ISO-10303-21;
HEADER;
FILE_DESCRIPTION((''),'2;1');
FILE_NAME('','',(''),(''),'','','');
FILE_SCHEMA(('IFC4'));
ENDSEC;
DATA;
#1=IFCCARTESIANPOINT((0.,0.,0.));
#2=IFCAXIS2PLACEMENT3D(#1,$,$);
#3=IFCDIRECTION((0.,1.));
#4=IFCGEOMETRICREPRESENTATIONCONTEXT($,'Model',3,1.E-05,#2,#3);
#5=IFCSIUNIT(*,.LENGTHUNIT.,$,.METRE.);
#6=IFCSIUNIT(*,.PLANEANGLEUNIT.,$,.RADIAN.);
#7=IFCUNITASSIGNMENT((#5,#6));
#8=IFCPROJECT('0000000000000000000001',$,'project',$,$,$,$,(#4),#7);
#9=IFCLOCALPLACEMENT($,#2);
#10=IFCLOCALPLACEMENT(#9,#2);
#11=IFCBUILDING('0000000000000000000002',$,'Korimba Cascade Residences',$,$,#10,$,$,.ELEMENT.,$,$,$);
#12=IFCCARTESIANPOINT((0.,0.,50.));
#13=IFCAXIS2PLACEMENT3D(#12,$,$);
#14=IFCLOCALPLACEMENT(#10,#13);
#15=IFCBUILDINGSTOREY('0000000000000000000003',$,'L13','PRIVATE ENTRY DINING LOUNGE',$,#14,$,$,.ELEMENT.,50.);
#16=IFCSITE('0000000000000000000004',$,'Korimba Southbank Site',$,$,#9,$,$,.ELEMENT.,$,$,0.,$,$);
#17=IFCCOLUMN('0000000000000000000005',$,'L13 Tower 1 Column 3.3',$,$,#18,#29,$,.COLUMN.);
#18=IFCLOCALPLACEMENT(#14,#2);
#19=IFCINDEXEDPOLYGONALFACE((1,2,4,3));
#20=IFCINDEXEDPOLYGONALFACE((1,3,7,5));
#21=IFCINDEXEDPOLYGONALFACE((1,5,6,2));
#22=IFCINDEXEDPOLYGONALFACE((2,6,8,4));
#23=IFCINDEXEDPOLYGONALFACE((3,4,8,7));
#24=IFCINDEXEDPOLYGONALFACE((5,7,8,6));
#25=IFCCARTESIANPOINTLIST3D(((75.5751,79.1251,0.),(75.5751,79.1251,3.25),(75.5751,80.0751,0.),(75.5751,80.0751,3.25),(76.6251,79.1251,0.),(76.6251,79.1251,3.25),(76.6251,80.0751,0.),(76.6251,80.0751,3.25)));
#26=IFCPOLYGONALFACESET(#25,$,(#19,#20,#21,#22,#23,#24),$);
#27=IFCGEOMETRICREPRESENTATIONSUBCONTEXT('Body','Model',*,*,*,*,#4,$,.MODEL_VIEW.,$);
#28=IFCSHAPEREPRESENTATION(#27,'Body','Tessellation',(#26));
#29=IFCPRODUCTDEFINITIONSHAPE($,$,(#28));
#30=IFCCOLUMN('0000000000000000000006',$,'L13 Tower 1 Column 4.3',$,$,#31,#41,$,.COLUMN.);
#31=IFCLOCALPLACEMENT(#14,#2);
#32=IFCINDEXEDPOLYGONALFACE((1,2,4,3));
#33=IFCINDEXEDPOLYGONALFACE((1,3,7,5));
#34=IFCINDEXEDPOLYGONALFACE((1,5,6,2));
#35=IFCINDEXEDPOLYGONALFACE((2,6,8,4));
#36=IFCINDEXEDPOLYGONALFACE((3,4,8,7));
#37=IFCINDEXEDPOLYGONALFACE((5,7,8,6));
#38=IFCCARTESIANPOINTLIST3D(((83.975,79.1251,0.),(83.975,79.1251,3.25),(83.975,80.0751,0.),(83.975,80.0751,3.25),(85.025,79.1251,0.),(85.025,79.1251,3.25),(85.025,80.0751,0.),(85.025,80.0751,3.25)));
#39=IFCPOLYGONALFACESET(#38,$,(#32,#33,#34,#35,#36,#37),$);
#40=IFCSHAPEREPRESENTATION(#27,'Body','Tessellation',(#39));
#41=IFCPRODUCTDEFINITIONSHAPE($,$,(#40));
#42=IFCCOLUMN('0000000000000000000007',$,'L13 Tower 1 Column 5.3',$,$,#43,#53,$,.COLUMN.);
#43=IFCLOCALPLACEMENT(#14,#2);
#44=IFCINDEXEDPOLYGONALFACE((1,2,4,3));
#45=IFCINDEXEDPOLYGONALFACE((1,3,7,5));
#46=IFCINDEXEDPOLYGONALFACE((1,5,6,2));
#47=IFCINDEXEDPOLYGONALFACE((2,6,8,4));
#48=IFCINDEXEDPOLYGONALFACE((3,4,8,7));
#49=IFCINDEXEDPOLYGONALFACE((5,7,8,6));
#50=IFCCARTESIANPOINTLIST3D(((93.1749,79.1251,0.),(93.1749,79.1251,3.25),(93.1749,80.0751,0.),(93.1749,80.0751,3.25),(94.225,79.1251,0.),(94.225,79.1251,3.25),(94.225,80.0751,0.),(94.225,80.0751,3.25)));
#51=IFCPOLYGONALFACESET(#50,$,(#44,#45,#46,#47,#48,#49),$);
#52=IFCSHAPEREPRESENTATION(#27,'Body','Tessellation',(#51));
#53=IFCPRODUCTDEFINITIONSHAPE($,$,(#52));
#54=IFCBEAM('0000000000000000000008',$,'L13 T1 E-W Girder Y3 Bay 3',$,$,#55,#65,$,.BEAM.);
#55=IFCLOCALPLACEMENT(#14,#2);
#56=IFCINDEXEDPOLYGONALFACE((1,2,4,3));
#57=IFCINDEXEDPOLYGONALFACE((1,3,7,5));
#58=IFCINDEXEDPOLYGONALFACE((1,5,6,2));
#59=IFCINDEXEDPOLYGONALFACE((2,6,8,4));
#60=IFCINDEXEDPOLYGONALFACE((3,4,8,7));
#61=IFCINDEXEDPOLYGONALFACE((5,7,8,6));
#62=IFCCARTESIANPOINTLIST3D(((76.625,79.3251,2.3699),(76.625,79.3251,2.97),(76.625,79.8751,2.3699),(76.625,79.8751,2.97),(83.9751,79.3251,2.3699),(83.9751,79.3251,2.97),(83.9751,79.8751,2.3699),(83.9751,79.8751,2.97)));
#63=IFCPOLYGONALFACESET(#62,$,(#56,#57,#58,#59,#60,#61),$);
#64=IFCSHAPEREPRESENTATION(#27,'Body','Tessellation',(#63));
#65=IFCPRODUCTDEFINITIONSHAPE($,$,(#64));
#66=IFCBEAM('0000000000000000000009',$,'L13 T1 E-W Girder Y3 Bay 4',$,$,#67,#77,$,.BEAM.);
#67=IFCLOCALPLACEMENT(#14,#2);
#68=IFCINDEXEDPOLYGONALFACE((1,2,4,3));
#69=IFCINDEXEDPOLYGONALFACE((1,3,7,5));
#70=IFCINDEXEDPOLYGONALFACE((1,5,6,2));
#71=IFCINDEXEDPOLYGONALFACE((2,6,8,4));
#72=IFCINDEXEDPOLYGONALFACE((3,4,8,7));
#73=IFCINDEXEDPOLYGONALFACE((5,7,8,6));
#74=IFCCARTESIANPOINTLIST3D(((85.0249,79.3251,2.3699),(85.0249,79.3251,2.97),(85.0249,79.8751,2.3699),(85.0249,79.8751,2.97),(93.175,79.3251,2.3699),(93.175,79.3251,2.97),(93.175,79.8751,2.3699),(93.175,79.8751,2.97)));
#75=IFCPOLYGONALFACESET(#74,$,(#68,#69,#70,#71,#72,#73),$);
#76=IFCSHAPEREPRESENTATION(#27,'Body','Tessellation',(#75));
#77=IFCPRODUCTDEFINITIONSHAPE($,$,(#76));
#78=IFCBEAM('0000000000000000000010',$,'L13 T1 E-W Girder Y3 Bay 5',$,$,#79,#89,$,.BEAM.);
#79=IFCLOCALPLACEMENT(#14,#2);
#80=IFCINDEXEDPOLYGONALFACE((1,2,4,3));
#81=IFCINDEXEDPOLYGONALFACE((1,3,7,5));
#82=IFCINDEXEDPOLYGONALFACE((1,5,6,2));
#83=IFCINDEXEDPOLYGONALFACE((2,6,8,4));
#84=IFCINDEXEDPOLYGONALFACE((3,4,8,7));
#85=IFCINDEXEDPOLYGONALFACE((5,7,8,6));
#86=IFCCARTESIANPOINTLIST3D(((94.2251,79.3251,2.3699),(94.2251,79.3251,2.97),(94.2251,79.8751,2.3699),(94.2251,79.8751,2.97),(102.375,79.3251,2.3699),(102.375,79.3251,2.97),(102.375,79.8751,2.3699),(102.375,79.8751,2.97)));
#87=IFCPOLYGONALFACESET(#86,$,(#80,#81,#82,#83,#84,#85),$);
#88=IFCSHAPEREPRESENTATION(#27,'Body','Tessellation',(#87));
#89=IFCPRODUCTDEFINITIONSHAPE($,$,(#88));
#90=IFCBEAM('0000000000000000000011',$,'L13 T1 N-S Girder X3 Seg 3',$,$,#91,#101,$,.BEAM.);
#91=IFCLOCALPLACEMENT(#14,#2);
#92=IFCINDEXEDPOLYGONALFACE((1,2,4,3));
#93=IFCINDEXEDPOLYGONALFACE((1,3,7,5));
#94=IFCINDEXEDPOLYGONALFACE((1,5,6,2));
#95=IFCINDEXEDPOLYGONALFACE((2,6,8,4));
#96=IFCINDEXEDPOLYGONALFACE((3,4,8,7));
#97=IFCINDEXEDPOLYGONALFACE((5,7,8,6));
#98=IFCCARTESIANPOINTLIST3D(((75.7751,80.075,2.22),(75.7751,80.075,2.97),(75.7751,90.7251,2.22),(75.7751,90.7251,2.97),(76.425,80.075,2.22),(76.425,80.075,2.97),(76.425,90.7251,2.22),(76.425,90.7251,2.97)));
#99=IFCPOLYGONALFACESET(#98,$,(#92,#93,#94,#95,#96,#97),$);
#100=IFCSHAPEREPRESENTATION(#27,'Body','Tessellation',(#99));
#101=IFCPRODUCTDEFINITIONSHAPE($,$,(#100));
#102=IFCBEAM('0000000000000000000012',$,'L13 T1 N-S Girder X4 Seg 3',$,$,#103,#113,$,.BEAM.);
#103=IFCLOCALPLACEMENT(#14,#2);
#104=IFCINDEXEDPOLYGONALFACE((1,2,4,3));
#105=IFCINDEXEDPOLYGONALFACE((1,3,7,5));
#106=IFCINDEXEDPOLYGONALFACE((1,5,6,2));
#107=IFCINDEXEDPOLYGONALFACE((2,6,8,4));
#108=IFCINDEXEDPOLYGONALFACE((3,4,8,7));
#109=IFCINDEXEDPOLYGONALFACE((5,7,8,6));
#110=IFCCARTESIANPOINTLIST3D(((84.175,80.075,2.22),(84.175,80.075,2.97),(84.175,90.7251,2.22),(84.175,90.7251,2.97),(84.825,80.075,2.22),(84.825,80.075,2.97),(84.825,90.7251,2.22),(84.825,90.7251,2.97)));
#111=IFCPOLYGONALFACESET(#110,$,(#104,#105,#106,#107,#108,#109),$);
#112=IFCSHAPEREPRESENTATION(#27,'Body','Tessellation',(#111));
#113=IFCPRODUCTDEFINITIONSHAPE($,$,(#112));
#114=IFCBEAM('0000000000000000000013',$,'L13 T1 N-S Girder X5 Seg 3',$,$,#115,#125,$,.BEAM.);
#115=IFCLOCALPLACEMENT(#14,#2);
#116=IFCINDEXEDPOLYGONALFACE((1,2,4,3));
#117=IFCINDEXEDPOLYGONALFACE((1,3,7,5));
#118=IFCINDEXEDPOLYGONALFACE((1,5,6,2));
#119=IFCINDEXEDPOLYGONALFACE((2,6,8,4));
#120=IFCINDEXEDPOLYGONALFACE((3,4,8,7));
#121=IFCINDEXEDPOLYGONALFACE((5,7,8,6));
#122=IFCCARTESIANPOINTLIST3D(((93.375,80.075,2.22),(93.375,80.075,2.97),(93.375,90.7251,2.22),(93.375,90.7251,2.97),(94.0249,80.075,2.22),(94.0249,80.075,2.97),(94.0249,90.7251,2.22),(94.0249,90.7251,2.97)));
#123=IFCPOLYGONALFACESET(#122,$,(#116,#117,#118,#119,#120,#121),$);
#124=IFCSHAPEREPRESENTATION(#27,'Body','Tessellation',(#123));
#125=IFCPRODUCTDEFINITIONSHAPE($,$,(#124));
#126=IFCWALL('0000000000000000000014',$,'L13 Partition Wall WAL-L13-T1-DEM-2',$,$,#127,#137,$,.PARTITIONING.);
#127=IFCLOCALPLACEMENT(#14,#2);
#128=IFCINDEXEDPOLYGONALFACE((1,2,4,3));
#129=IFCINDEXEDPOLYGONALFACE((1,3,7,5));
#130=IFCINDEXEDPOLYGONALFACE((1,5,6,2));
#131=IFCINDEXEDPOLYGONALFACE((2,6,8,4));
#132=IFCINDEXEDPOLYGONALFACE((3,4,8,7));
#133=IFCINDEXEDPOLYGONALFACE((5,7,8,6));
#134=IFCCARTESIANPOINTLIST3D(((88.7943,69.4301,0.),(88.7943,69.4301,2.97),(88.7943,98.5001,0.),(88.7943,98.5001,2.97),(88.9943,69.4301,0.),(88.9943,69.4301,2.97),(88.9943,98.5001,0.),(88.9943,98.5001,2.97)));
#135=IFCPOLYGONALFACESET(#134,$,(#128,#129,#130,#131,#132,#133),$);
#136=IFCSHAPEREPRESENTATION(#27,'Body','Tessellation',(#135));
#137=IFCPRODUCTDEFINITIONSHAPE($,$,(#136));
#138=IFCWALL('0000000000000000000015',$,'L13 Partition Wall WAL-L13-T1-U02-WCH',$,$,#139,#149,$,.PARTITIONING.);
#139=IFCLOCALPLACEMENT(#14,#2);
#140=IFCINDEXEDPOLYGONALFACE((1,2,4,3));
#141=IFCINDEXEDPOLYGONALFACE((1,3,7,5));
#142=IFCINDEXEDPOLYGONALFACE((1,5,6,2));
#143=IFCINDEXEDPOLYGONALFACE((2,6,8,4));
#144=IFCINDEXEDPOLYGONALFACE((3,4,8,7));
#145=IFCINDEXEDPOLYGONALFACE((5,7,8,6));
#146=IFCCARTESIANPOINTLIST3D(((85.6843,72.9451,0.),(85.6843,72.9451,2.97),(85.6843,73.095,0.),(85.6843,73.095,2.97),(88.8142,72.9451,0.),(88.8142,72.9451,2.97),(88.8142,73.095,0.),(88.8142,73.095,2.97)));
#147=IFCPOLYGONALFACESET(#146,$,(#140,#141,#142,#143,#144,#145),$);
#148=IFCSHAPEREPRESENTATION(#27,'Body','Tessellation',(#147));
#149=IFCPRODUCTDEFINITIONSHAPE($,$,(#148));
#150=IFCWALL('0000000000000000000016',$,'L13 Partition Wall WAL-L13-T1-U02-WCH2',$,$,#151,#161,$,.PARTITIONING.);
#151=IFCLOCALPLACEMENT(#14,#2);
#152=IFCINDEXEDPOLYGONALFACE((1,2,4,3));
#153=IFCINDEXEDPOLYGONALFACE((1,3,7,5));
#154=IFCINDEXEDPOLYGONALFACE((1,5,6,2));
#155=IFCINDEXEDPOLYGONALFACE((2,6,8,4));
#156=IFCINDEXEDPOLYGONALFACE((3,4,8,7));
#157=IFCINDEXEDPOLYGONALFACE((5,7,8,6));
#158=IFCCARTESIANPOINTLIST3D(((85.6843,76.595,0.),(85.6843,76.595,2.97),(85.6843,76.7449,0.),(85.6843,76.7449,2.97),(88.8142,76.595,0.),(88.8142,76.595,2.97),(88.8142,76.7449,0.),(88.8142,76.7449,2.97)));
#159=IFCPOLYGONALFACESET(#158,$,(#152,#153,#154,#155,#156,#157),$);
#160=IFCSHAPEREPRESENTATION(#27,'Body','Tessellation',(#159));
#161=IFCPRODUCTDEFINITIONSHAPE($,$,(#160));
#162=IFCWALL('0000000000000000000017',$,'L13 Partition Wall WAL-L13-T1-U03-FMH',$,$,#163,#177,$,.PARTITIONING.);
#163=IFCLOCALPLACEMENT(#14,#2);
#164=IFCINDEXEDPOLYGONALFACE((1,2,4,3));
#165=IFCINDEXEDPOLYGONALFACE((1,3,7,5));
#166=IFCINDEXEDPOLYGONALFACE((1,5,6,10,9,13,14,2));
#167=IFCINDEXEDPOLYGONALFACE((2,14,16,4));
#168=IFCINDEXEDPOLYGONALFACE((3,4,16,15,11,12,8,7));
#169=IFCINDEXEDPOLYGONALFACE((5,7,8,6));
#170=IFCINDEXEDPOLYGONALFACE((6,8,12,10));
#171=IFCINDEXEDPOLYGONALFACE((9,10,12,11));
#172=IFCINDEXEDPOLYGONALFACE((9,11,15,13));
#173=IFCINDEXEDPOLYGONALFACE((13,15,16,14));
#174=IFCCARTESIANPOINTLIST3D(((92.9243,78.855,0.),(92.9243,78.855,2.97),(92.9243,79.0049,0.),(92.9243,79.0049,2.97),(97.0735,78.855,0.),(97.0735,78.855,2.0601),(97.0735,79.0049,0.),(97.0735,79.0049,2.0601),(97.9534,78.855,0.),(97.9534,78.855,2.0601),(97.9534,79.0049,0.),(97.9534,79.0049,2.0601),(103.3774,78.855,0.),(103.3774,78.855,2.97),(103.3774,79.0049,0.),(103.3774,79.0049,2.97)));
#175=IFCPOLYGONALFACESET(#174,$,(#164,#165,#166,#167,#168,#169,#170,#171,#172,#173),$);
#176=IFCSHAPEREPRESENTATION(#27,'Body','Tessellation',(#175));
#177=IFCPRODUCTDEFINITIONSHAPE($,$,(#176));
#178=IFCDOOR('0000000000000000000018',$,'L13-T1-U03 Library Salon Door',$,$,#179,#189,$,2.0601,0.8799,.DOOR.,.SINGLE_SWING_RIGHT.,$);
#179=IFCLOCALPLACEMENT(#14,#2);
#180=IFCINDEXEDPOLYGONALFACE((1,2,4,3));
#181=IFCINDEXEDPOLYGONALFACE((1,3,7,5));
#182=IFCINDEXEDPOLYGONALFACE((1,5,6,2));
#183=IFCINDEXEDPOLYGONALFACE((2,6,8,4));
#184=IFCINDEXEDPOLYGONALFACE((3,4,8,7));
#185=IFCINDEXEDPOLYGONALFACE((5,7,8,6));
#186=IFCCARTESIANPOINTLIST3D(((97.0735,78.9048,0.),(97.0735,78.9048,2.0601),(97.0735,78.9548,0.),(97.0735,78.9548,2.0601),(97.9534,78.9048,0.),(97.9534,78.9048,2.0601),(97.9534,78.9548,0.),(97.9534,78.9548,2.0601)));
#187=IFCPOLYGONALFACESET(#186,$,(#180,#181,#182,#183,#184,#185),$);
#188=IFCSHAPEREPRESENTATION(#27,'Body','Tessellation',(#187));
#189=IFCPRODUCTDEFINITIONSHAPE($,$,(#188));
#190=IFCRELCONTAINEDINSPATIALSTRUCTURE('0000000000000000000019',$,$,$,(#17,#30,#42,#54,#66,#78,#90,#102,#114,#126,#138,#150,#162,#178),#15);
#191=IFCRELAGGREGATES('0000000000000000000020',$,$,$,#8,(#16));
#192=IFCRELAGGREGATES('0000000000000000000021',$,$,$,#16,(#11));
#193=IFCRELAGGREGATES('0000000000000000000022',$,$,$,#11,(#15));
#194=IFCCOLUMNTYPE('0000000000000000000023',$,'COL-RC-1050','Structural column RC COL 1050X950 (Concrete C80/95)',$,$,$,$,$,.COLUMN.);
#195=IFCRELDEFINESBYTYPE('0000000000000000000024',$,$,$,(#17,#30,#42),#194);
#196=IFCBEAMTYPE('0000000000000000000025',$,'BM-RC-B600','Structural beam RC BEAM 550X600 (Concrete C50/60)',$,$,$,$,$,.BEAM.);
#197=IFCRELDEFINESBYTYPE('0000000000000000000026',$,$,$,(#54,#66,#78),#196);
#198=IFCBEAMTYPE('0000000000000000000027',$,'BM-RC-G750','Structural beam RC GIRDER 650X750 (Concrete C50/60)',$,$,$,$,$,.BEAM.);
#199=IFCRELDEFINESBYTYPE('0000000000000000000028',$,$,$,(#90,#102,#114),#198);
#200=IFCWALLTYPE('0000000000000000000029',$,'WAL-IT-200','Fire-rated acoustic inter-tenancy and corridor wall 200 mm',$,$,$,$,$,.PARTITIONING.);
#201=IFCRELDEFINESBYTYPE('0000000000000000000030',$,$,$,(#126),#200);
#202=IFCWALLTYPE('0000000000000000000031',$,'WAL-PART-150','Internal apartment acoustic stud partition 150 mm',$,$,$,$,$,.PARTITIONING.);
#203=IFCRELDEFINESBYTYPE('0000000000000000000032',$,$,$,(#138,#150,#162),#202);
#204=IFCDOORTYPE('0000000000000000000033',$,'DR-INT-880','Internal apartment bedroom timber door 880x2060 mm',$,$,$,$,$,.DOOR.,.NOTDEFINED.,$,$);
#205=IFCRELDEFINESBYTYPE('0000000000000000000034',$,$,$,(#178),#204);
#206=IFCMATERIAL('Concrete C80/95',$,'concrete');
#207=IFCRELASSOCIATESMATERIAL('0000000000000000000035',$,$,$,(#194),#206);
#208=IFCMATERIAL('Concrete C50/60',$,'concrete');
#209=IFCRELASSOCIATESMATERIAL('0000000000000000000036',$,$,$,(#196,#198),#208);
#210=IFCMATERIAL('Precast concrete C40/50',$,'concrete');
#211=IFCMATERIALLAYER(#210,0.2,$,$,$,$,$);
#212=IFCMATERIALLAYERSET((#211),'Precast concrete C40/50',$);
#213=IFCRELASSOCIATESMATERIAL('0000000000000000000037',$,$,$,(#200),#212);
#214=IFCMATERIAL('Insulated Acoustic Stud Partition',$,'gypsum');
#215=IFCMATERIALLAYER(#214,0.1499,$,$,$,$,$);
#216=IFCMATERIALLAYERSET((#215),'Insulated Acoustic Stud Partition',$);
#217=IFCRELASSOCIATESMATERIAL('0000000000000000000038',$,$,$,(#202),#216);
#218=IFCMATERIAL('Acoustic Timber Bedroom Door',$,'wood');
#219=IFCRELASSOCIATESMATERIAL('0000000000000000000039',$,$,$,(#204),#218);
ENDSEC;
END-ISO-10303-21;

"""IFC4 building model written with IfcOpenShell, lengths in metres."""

from ifc_helpers import new_model, si_unit, direction, frame, frame_2d, origin, origin_2d, place, context, subcontext, project, spatial, rectangle, extrude, material, layer, layer_set, material_profile, profile_set, type_object, element, fill, save


model = new_model("IFC4")

# Units and contexts
model_context = context("Model", 3, precision=1e-05, world=origin(), true_north=direction((0.0, 1.0)))
body_context = subcontext(model_context, "Body", "Model", "MODEL_VIEW")
ifc_project = project(units=[si_unit("LENGTHUNIT", "METRE"), si_unit("PLANEANGLEUNIT", "RADIAN")], contexts=[model_context])

# Site, building, storey
site_placement = place(None, origin())
site = spatial("IfcSite", under=ifc_project, at=site_placement, Name="Korimba Southbank Site", CompositionType="ELEMENT", RefElevation=0.0)
building_placement = place(site_placement, origin())
building = spatial("IfcBuilding", under=site, at=building_placement, Name="Korimba Cascade Residences", CompositionType="ELEMENT")
storey_placement = place(building_placement, frame((0.0, 0.0, 50.0)))
storey = spatial("IfcBuildingStorey", under=building, at=storey_placement, Name="L13", Description="PRIVATE ENTRY DINING LOUNGE", CompositionType="ELEMENT", Elevation=50.0)

# Columns
ifc_material_1 = material(Name="Concrete C80/95", Category="concrete")
ifc_material_profile_1 = material_profile(ifc_material_1, rectangle(XDim=1.05, YDim=0.95, at=origin_2d()), Name="Concrete C80/95")
ifc_profile_set_1 = profile_set([ifc_material_profile_1], Name="Concrete C80/95")
column_type = type_object("IfcColumnType", Name="COL-RC-1050", Description="Structural column RC COL 1050X950 (Concrete C80/95)", PredefinedType="COLUMN", material=ifc_profile_set_1)
for number, where, z_axis, x_axis, name in (
    (1, (76.1001, 79.6001, 0.0), (0.0, 0.0, 1.0), (1.0, 0.0, 0.0), "L13 Tower 1 Column 3.3"),
    (2, (84.5, 79.6001, 0.0), (0.0, 0.0, 1.0), (1.0, 0.0, 0.0), "L13 Tower 1 Column 4.3"),
    (3, (93.7, 79.6001, 0.0), (0.0, 0.0, 1.0), (1.0, 0.0, 0.0), "L13 Tower 1 Column 5.3"),
):
    element("IfcColumn", number, at=place(storey_placement, frame(where, z_axis=z_axis, x_axis=x_axis)), inside=storey, type_object=column_type, Name=name, PredefinedType="COLUMN", context=body_context, shape_type="SweptSolid", body=[
        extrude(rectangle(XDim=1.05, YDim=0.95, at=origin_2d()), origin(), (0.0, 0.0, 1.0), 3.25),
    ])

# Beams
ifc_material_2 = material(Name="Concrete C50/60", Category="concrete")
ifc_material_profile_2 = material_profile(ifc_material_2, rectangle(XDim=0.55, YDim=0.6001, at=origin_2d()), Name="Concrete C50/60")
ifc_profile_set_2 = profile_set([ifc_material_profile_2], Name="Concrete C50/60")
beam_type_1 = type_object("IfcBeamType", Name="BM-RC-B600", Description="Structural beam RC BEAM 550X600 (Concrete C50/60)", PredefinedType="BEAM", material=ifc_profile_set_2)
beam_1_placement = place(storey_placement, frame((76.625, 79.6001, 2.6699), z_axis=(1.0, 0.0, 0.0), x_axis=(0.0, 1.0, 0.0)))
element("IfcBeam", 4, at=beam_1_placement, inside=storey, type_object=beam_type_1, Name="L13 T1 E-W Girder Y3 Bay 3", PredefinedType="BEAM", context=body_context, shape_type="SweptSolid", body=[
    extrude(rectangle(XDim=0.55, YDim=0.6001, at=origin_2d()), origin(), (0.0, 0.0, 1.0), 7.3501),
])
beam_2_placement = place(storey_placement, frame((85.0249, 79.6001, 2.6699), z_axis=(1.0, 0.0, 0.0), x_axis=(0.0, 1.0, 0.0)))
element("IfcBeam", 5, at=beam_2_placement, inside=storey, type_object=beam_type_1, Name="L13 T1 E-W Girder Y3 Bay 4", PredefinedType="BEAM", context=body_context, shape_type="SweptSolid", body=[
    extrude(rectangle(XDim=0.55, YDim=0.6001, at=origin_2d()), origin(), (0.0, 0.0, 1.0), 8.1501),
])
beam_3_placement = place(storey_placement, frame((94.2251, 79.6001, 2.6699), z_axis=(1.0, 0.0, 0.0), x_axis=(0.0, 1.0, 0.0)))
element("IfcBeam", 6, at=beam_3_placement, inside=storey, type_object=beam_type_1, Name="L13 T1 E-W Girder Y3 Bay 5", PredefinedType="BEAM", context=body_context, shape_type="SweptSolid", body=[
    extrude(rectangle(XDim=0.55, YDim=0.6001, at=origin_2d()), origin(), (0.0, 0.0, 1.0), 8.1499),
])
ifc_material_profile_3 = material_profile(ifc_material_2, rectangle(XDim=0.6499, YDim=0.75, at=origin_2d()), Name="Concrete C50/60")
ifc_profile_set_3 = profile_set([ifc_material_profile_3], Name="Concrete C50/60")
beam_type_2 = type_object("IfcBeamType", Name="BM-RC-G750", Description="Structural beam RC GIRDER 650X750 (Concrete C50/60)", PredefinedType="BEAM", material=ifc_profile_set_3)
for number, where, z_axis, x_axis, name in (
    (7, (76.1001, 80.075, 2.595), (0.0, 1.0, 0.0), (-1.0, 0.0, 0.0), "L13 T1 N-S Girder X3 Seg 3"),
    (8, (84.5, 80.075, 2.595), (0.0, 1.0, 0.0), (-1.0, 0.0, 0.0), "L13 T1 N-S Girder X4 Seg 3"),
    (9, (93.7, 80.075, 2.595), (0.0, 1.0, 0.0), (-1.0, 0.0, 0.0), "L13 T1 N-S Girder X5 Seg 3"),
):
    element("IfcBeam", number, at=place(storey_placement, frame(where, z_axis=z_axis, x_axis=x_axis)), inside=storey, type_object=beam_type_2, Name=name, PredefinedType="BEAM", context=body_context, shape_type="SweptSolid", body=[
        extrude(rectangle(XDim=0.6499, YDim=0.75, at=origin_2d()), origin(), (0.0, 0.0, 1.0), 10.6501),
    ])

# Walls
ifc_material_3 = material(Name="Precast concrete C40/50", Category="concrete")
ifc_layer_1 = layer(ifc_material_3, 0.2)
ifc_layer_set_1 = layer_set([ifc_layer_1], Name="Precast concrete C40/50")
wall_type_1 = type_object("IfcWallType", Name="WAL-IT-200", Description="Fire-rated acoustic inter-tenancy and corridor wall 200 mm", PredefinedType="PARTITIONING", material=ifc_layer_set_1)
wall_1_placement = place(storey_placement, frame((88.8943, 69.4299, 0.0), z_axis=(0.0, 0.0, 1.0), x_axis=(0.0, 1.0, 0.0)))
element("IfcWall", 10, at=wall_1_placement, inside=storey, type_object=wall_type_1, Name="L13 Partition Wall WAL-L13-T1-DEM-2", PredefinedType="PARTITIONING", context=body_context, shape_type="SweptSolid", body=[
    extrude(rectangle(XDim=29.0701, YDim=0.2, at=frame_2d((14.5352, 0.0))), origin(), (0.0, 0.0, 1.0), 2.97),
])
ifc_material_4 = material(Name="Insulated Acoustic Stud Partition", Category="gypsum")
ifc_layer_2 = layer(ifc_material_4, 0.1499)
ifc_layer_set_2 = layer_set([ifc_layer_2], Name="Insulated Acoustic Stud Partition")
wall_type_2 = type_object("IfcWallType", Name="WAL-PART-150", Description="Internal apartment acoustic stud partition 150 mm", PredefinedType="PARTITIONING", material=ifc_layer_set_2)
for number, where, z_axis, x_axis, name in (
    (11, (85.6843, 73.02, 0.0), (0.0, 0.0, 1.0), (1.0, 0.0, 0.0), "L13 Partition Wall WAL-L13-T1-U02-WCH"),
    (12, (85.6843, 76.6699, 0.0), (0.0, 0.0, 1.0), (1.0, 0.0, 0.0), "L13 Partition Wall WAL-L13-T1-U02-WCH2"),
):
    element("IfcWall", number, at=place(storey_placement, frame(where, z_axis=z_axis, x_axis=x_axis)), inside=storey, type_object=wall_type_2, Name=name, PredefinedType="PARTITIONING", context=body_context, shape_type="SweptSolid", body=[
        extrude(rectangle(XDim=3.1299, YDim=0.1499, at=frame_2d((1.5649, 0.0))), origin(), (0.0, 0.0, 1.0), 2.97),
    ])

# Wall, opening, door
wall_2_placement = place(storey_placement, frame((92.9243, 78.9299, 0.0), z_axis=(0.0, 0.0, 1.0), x_axis=(1.0, 0.0, 0.0)))
wall_2 = element("IfcWall", 13, at=wall_2_placement, inside=storey, type_object=wall_type_2, Name="L13 Partition Wall WAL-L13-T1-U03-FMH", PredefinedType="PARTITIONING", context=body_context, shape_type="SweptSolid", body=[
    extrude(rectangle(XDim=10.4531, YDim=0.1499, at=frame_2d((5.2266, 0.0))), origin(), (0.0, 0.0, 1.0), 2.97),
])
opening_1_placement = place(wall_2_placement, frame((4.1492, 0.0, 0.0)))
opening_1 = element("IfcOpeningElement", 14, at=opening_1_placement, cuts=wall_2, PredefinedType="OPENING", context=body_context, shape_type="SweptSolid", body=[
    extrude(rectangle(XDim=0.8799, YDim=2.0601, at=frame_2d((0.4399, 1.03))), frame((0.0, 0.085, 0.0), z_axis=(0.0, -1.0, 0.0), x_axis=(1.0, 0.0, 0.0)), (0.0, 0.0, 1.0), 0.1699),
])
ifc_material_5 = material(Name="Acoustic Timber Bedroom Door", Category="wood")
door_type_1 = type_object("IfcDoorType", Name="DR-INT-880", Description="Internal apartment bedroom timber door 880x2060 mm", OperationType="NOTDEFINED", PredefinedType="DOOR", material=ifc_material_5)
door_1_placement = place(opening_1_placement, origin())
door_1 = element("IfcDoor", 15, at=door_1_placement, inside=storey, type_object=door_type_1, Name="L13-T1-U03 Library Salon Door", OperationType="SINGLE_SWING_RIGHT", OverallHeight=2.0601, OverallWidth=0.8799, PredefinedType="DOOR", context=body_context, shape_type="SweptSolid", body=[
    extrude(rectangle(XDim=0.8799, YDim=2.0601, at=frame_2d((0.4399, 1.03))), frame((0.0, 0.0249, 0.0), z_axis=(0.0, -1.0, 0.0), x_axis=(1.0, 0.0, 0.0)), (0.0, 0.0, 1.0), 0.05),
])
fill(opening_1, door_1)

save(model, "model.ifc")
